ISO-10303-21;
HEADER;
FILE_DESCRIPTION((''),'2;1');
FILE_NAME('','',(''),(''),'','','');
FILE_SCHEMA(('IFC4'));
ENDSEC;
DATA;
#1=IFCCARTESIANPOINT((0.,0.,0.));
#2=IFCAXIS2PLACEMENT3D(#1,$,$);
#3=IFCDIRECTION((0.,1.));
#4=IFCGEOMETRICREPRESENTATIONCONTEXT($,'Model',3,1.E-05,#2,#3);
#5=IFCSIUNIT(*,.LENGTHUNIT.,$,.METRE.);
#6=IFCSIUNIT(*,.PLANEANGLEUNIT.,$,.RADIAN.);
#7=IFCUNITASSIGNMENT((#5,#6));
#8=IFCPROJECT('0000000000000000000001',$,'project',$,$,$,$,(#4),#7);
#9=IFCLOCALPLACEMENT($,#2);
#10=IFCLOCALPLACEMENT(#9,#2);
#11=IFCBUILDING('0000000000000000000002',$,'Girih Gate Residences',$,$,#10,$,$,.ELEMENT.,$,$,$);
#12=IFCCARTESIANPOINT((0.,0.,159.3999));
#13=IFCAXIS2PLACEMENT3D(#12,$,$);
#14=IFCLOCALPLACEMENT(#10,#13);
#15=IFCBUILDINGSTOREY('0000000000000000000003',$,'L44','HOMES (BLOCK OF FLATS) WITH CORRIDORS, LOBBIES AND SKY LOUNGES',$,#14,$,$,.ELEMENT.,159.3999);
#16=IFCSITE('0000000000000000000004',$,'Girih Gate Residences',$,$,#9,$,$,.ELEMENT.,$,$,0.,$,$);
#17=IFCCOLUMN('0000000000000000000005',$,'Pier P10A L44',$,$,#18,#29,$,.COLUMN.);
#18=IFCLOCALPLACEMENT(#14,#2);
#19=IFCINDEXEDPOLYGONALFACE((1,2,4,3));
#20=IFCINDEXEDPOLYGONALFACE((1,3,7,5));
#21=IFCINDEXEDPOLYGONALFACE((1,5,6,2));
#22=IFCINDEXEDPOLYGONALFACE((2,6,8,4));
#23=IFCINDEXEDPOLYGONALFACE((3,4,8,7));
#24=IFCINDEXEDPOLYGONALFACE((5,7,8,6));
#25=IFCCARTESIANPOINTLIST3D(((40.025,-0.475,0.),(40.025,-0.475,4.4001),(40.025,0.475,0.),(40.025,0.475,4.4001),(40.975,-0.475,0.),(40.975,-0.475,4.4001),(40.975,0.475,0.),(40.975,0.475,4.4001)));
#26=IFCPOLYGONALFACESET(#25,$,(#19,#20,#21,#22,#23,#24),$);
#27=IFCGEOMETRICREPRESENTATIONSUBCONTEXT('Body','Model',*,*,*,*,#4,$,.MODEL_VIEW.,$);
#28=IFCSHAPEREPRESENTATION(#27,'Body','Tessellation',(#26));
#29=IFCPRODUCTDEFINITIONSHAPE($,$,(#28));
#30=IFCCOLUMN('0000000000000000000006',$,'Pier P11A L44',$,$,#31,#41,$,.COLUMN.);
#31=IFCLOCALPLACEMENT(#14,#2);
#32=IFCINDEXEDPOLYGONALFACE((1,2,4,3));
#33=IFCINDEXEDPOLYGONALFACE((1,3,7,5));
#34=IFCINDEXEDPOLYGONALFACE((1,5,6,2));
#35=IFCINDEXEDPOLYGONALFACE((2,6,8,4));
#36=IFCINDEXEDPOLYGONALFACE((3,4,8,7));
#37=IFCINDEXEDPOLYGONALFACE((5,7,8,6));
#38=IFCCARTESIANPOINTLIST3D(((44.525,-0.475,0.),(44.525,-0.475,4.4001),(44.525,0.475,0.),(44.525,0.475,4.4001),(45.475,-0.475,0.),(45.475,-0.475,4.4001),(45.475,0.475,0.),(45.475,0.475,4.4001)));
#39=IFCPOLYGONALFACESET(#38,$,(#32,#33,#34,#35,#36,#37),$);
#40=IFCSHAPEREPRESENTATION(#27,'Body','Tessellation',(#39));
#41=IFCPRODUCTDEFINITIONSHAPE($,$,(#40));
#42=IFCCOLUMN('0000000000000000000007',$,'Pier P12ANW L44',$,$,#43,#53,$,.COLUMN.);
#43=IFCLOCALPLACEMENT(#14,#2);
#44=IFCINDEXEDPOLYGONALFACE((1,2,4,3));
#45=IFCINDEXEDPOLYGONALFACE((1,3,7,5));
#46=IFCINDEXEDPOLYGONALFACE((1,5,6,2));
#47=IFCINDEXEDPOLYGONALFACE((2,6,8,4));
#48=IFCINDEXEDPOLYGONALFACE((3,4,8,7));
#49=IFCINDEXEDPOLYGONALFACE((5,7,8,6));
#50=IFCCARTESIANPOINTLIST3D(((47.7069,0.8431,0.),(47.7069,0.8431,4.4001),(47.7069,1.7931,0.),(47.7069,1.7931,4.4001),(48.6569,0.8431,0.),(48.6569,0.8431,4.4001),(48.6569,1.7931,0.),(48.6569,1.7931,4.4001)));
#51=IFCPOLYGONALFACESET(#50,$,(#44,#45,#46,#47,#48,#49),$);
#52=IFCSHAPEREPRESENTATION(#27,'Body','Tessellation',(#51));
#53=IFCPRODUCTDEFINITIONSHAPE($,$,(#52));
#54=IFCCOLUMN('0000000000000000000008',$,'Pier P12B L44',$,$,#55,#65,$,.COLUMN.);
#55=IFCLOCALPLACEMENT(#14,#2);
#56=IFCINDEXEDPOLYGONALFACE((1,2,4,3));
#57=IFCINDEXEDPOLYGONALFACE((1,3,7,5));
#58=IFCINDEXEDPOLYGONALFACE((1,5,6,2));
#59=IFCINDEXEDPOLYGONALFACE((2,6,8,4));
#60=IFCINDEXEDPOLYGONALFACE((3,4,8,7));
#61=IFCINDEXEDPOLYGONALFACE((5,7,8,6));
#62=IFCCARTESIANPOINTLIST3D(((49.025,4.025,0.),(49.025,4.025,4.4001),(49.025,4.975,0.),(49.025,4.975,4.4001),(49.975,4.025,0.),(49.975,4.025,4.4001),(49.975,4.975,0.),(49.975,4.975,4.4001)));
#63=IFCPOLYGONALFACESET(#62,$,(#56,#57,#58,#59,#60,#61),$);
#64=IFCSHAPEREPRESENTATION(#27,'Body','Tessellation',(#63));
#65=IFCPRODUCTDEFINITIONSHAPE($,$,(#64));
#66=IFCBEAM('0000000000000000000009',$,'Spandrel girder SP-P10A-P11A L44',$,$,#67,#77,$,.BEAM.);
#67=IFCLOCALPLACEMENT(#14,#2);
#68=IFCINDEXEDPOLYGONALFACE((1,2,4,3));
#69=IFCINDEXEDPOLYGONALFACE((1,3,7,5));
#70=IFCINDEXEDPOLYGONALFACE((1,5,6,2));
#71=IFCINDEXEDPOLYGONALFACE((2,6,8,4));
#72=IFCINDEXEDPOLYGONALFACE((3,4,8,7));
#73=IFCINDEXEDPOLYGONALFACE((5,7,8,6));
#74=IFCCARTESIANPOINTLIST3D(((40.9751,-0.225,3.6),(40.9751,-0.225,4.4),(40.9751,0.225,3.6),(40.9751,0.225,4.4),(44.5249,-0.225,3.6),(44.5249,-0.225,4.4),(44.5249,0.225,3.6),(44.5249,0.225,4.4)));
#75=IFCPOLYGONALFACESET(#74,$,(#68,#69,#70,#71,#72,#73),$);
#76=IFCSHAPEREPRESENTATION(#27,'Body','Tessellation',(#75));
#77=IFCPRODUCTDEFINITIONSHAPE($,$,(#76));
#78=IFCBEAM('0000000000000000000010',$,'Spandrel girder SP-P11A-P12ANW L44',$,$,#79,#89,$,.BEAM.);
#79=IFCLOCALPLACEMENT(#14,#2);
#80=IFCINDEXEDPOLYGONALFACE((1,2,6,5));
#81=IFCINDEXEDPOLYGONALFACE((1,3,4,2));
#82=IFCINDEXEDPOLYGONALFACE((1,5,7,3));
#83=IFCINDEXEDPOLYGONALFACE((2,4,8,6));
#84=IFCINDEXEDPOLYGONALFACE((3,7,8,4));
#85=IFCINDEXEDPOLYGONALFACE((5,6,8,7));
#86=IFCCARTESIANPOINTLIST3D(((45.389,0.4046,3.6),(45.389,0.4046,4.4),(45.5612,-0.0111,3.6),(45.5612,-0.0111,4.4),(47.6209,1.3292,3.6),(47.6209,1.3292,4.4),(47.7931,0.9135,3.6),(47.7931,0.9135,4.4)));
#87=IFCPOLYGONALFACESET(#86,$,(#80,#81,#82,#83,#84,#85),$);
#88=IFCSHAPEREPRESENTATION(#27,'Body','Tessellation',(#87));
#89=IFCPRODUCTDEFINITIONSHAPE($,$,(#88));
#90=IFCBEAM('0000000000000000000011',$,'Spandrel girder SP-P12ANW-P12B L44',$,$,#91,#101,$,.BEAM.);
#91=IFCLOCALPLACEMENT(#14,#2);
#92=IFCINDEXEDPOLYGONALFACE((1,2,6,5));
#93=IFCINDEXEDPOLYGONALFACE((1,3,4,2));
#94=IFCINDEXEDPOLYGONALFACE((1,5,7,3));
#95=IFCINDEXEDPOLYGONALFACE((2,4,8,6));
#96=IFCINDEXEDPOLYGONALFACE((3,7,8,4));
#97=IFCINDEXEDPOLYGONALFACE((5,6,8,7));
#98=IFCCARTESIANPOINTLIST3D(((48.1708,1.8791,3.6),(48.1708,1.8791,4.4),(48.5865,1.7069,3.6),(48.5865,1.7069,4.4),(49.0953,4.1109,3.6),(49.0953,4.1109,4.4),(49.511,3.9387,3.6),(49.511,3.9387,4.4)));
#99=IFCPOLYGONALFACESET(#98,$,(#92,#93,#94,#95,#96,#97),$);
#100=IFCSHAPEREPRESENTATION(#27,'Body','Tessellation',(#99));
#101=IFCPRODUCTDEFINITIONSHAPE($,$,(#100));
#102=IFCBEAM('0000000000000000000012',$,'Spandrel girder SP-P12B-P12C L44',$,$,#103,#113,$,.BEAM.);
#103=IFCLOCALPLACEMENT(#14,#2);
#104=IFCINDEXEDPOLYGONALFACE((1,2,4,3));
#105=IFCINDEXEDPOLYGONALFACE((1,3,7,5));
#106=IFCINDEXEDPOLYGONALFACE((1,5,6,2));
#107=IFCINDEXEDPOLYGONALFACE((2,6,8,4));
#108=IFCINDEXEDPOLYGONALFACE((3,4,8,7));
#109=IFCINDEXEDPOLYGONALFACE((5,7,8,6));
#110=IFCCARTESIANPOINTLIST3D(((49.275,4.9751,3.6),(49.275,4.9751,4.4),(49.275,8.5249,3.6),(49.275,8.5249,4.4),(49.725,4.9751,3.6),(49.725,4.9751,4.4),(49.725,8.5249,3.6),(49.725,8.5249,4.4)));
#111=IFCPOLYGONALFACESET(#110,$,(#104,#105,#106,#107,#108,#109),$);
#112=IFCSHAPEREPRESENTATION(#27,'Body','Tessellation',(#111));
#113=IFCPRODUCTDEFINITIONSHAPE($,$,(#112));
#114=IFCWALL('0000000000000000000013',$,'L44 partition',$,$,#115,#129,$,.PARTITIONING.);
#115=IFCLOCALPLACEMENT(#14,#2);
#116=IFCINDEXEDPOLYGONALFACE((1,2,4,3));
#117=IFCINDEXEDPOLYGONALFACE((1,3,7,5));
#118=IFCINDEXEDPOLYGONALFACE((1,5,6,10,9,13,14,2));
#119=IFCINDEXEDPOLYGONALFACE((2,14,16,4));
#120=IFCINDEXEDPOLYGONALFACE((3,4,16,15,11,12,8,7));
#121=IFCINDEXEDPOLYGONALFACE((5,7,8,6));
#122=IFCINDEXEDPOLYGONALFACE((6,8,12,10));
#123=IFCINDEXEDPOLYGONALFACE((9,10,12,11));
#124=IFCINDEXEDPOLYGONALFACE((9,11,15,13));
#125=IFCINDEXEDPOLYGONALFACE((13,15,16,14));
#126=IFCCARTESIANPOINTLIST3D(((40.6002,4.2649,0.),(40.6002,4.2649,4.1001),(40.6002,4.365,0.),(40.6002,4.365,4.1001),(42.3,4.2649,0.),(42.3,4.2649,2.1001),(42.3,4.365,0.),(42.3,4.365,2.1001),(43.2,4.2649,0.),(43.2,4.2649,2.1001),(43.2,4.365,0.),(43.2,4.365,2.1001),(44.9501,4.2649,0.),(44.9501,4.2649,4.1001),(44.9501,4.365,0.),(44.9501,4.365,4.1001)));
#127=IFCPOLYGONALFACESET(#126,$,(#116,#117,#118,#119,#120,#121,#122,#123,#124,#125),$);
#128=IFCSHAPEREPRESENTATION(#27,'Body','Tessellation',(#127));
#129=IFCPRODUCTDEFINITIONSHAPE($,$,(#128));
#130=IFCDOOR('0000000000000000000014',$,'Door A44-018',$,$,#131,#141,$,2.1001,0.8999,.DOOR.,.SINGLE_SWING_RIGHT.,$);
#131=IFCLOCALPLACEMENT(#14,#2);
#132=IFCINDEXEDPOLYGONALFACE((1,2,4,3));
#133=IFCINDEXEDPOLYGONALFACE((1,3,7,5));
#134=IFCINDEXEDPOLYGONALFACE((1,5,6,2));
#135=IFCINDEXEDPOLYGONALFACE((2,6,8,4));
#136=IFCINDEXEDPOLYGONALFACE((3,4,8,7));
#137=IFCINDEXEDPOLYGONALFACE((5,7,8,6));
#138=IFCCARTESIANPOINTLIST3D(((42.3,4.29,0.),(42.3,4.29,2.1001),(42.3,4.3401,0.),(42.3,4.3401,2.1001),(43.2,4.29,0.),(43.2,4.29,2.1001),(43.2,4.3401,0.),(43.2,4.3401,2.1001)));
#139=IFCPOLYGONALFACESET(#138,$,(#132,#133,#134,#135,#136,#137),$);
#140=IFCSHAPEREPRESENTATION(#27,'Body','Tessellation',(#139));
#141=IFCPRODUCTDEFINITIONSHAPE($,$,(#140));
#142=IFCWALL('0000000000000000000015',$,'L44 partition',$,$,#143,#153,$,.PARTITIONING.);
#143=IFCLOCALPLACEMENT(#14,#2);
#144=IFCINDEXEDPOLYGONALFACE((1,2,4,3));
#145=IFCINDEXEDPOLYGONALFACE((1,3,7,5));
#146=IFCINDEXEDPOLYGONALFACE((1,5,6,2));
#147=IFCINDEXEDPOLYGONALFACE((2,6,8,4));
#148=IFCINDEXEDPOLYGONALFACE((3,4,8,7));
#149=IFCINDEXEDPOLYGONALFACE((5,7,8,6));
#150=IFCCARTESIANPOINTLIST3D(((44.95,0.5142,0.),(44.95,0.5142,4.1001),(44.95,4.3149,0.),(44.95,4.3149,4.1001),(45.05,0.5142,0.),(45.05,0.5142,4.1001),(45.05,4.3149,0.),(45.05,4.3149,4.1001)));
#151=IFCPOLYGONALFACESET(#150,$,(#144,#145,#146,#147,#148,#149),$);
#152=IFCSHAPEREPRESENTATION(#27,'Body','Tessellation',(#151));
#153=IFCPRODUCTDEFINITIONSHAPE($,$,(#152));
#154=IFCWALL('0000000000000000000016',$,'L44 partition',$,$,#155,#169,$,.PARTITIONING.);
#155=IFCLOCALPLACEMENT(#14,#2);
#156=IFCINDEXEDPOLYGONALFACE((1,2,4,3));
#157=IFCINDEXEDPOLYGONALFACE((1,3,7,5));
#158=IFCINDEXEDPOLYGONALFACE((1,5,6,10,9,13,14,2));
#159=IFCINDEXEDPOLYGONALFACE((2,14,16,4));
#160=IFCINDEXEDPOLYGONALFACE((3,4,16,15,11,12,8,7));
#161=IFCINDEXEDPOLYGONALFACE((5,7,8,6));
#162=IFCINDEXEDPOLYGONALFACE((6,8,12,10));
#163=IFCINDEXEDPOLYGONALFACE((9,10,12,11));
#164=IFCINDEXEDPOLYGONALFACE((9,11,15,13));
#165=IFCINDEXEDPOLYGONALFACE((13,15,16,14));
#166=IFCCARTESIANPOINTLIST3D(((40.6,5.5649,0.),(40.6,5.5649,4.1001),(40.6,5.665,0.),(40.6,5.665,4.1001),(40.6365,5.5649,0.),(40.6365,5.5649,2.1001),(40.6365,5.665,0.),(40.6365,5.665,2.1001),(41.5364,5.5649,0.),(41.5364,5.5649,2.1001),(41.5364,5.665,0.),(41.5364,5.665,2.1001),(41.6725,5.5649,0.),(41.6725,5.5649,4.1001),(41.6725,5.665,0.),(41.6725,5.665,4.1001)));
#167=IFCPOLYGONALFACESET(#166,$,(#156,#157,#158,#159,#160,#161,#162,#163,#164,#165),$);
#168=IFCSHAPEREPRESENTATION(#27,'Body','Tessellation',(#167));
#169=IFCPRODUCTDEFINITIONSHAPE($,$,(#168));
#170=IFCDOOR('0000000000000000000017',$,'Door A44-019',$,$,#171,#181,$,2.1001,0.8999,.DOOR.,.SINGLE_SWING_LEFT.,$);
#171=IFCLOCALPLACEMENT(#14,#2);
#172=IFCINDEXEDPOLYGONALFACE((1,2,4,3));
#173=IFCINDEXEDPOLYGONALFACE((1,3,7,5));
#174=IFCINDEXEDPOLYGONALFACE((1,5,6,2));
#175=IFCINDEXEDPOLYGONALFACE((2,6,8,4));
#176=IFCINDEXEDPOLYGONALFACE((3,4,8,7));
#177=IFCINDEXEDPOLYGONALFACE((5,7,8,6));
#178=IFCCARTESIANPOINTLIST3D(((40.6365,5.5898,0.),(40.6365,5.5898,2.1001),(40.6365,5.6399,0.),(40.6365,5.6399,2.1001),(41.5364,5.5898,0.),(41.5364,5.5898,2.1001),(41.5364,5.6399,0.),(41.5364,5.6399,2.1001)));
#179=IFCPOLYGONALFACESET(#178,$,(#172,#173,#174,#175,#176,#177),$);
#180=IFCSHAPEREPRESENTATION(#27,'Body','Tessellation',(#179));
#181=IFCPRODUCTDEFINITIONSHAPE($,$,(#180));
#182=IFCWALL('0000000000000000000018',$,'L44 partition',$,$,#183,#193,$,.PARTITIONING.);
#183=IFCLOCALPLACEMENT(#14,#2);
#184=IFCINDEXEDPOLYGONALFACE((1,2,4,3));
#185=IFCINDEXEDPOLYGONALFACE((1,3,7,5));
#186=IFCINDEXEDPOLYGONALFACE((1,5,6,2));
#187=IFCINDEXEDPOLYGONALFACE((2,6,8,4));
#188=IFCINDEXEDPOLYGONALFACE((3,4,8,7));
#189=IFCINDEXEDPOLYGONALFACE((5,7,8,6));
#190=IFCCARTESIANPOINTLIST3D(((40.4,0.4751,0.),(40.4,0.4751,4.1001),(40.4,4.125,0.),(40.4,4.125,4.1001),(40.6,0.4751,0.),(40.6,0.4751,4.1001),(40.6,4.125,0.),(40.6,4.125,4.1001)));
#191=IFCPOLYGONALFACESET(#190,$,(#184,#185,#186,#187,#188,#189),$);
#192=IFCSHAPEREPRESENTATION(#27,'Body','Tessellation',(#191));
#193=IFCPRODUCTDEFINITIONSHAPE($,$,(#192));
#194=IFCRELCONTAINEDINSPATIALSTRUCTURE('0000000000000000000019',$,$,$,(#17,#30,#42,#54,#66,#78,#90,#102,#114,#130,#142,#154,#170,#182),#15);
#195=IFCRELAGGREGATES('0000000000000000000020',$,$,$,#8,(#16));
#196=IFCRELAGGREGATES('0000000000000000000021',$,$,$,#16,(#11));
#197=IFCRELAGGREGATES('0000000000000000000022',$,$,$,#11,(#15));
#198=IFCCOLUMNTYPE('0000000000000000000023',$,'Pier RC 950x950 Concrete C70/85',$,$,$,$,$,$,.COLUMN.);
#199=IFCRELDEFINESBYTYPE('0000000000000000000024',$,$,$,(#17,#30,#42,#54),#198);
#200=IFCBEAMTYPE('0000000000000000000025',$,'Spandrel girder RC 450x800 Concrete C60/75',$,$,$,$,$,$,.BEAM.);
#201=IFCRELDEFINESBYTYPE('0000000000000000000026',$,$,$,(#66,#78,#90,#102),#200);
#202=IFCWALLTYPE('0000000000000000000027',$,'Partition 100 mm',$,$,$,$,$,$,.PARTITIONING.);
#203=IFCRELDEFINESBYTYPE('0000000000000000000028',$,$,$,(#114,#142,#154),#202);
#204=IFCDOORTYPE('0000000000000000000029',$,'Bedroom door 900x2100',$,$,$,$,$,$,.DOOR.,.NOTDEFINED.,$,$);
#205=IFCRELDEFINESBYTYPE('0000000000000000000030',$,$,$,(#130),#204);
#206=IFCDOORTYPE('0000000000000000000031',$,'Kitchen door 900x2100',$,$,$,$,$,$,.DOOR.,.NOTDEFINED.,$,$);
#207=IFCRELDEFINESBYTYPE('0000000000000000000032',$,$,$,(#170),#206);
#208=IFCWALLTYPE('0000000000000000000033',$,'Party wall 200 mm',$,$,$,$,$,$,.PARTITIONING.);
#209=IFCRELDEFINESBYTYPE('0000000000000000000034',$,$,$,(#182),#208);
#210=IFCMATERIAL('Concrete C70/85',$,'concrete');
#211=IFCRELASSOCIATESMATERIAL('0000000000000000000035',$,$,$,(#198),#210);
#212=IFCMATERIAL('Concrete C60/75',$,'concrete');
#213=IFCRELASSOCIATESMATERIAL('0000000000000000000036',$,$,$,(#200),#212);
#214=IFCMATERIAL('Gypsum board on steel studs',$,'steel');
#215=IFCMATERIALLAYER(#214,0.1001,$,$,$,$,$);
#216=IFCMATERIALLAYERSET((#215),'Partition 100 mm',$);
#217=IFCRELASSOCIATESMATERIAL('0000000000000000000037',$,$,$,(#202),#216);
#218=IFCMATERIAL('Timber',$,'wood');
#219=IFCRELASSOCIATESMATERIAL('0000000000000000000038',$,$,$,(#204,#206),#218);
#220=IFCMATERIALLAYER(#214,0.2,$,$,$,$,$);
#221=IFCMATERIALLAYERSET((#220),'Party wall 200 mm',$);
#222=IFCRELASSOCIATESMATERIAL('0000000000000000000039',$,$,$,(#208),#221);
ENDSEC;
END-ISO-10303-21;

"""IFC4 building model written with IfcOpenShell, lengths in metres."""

from ifc_helpers import new_model, si_unit, direction, frame, frame_2d, origin, origin_2d, place, context, subcontext, project, spatial, rectangle, extrude, material, layer, layer_set, material_profile, profile_set, type_object, element, fill, save


model = new_model("IFC4")

# Units and contexts
model_context = context("Model", 3, precision=1e-05, world=origin(), true_north=direction((0.0, 1.0)))
body_context = subcontext(model_context, "Body", "Model", "MODEL_VIEW")
ifc_project = project(units=[si_unit("LENGTHUNIT", "METRE"), si_unit("PLANEANGLEUNIT", "RADIAN")], contexts=[model_context])

# Site, building, storey
site_placement = place(None, origin())
site = spatial("IfcSite", under=ifc_project, at=site_placement, Name="Girih Gate Residences", CompositionType="ELEMENT", RefElevation=0.0)
building_placement = place(site_placement, origin())
building = spatial("IfcBuilding", under=site, at=building_placement, Name="Girih Gate Residences", CompositionType="ELEMENT")
storey_placement = place(building_placement, frame((0.0, 0.0, 159.3999)))
storey = spatial("IfcBuildingStorey", under=building, at=storey_placement, Name="L44", Description="HOMES (BLOCK OF FLATS) WITH CORRIDORS, LOBBIES AND SKY LOUNGES", CompositionType="ELEMENT", Elevation=159.3999)

# Columns
ifc_material_1 = material(Name="Concrete C70/85", Category="concrete")
ifc_material_profile_1 = material_profile(ifc_material_1, rectangle(XDim=0.95, YDim=0.95, at=origin_2d()))
ifc_profile_set_1 = profile_set([ifc_material_profile_1], Name="Concrete C70/85")
column_type = type_object("IfcColumnType", Name="Pier RC 950x950 Concrete C70/85", PredefinedType="COLUMN", material=ifc_profile_set_1)
for number, where, z_axis, x_axis, name in (
    (1, (40.5, 0.0, 0.0), (0.0, 0.0, 1.0), (1.0, 0.0, 0.0), "Pier P10A L44"),
    (2, (45.0, 0.0, 0.0), (0.0, 0.0, 1.0), (1.0, 0.0, 0.0), "Pier P11A L44"),
    (3, (48.1819, 1.3181, 0.0), (0.0, 0.0, 1.0), (1.0, 0.0, 0.0), "Pier P12ANW L44"),
    (4, (49.5, 4.5, 0.0), (0.0, 0.0, 1.0), (1.0, 0.0, 0.0), "Pier P12B L44"),
):
    element("IfcColumn", number, at=place(storey_placement, frame(where, z_axis=z_axis, x_axis=x_axis)), inside=storey, type_object=column_type, Name=name, PredefinedType="COLUMN", context=body_context, shape_type="SweptSolid", body=[
        extrude(rectangle(XDim=0.95, YDim=0.95, at=origin_2d()), origin(), (0.0, 0.0, 1.0), 4.4001),
    ])

# Beams
ifc_material_2 = material(Name="Concrete C60/75", Category="concrete")
ifc_material_profile_2 = material_profile(ifc_material_2, rectangle(XDim=0.45, YDim=0.8, at=origin_2d()))
ifc_profile_set_2 = profile_set([ifc_material_profile_2], Name="Concrete C60/75")
beam_type = type_object("IfcBeamType", Name="Spandrel girder RC 450x800 Concrete C60/75", PredefinedType="BEAM", material=ifc_profile_set_2)
beam_1_placement = place(storey_placement, frame((40.9751, 0.0, 4.0), z_axis=(1.0, 0.0, 0.0), x_axis=(0.0, 1.0, 0.0)))
element("IfcBeam", 5, at=beam_1_placement, inside=storey, type_object=beam_type, Name="Spandrel girder SP-P10A-P11A L44", PredefinedType="BEAM", context=body_context, shape_type="SweptSolid", body=[
    extrude(rectangle(XDim=0.45, YDim=0.8, at=origin_2d()), origin(), (0.0, 0.0, 1.0), 3.5498),
])
for number, where, z_axis, x_axis, name in (
    (6, (45.4751, 0.1968, 4.0), (0.92387, 0.382706, 0.0), (-0.382706, 0.92387, 0.0), "Spandrel girder SP-P11A-P12ANW L44"),
    (7, (48.3787, 1.793, 4.0), (0.382706, 0.92387, 0.0), (-0.92387, 0.382706, 0.0), "Spandrel girder SP-P12ANW-P12B L44"),
):
    element("IfcBeam", number, at=place(storey_placement, frame(where, z_axis=z_axis, x_axis=x_axis)), inside=storey, type_object=beam_type, Name=name, PredefinedType="BEAM", context=body_context, shape_type="SweptSolid", body=[
        extrude(rectangle(XDim=0.45, YDim=0.8, at=origin_2d()), origin(), (0.0, 0.0, 1.0), 2.4158),
    ])
beam_2_placement = place(storey_placement, frame((49.5, 4.9751, 4.0), z_axis=(0.0, 1.0, 0.0), x_axis=(-1.0, 0.0, 0.0)))
element("IfcBeam", 8, at=beam_2_placement, inside=storey, type_object=beam_type, Name="Spandrel girder SP-P12B-P12C L44", PredefinedType="BEAM", context=body_context, shape_type="SweptSolid", body=[
    extrude(rectangle(XDim=0.45, YDim=0.8, at=origin_2d()), origin(), (0.0, 0.0, 1.0), 3.5498),
])

# Wall, opening, door
ifc_material_3 = material(Name="Gypsum board on steel studs", Category="steel")
ifc_layer_1 = layer(ifc_material_3, 0.1001)
ifc_layer_set_1 = layer_set([ifc_layer_1], Name="Partition 100 mm")
wall_type_1 = type_object("IfcWallType", Name="Partition 100 mm", PredefinedType="PARTITIONING", material=ifc_layer_set_1)
wall_1_placement = place(storey_placement, frame((44.95, 4.3149, 0.0), z_axis=(0.0, 0.0, 1.0), x_axis=(-1.0, 0.0, 0.0)))
wall_1 = element("IfcWall", 9, at=wall_1_placement, inside=storey, type_object=wall_type_1, Name="L44 partition", PredefinedType="PARTITIONING", context=body_context, shape_type="SweptSolid", body=[
    extrude(rectangle(XDim=4.3499, YDim=0.1001, at=frame_2d((2.1748, 0.0))), origin(), (0.0, 0.0, 1.0), 4.1001),
])
opening_1_placement = place(wall_1_placement, frame((1.75, 0.0, 0.0)))
opening_1 = element("IfcOpeningElement", 10, at=opening_1_placement, cuts=wall_1, PredefinedType="OPENING", context=body_context, shape_type="SweptSolid", body=[
    extrude(rectangle(XDim=0.8999, YDim=2.1001, at=frame_2d((0.45, 1.05))), frame((0.0, 0.0601, 0.0), z_axis=(0.0, -1.0, 0.0), x_axis=(1.0, 0.0, 0.0)), (0.0, 0.0, 1.0), 0.1201),
])
ifc_material_4 = material(Name="Timber", Category="wood")
door_type_1 = type_object("IfcDoorType", Name="Bedroom door 900x2100", OperationType="NOTDEFINED", PredefinedType="DOOR", material=ifc_material_4)
door_1_placement = place(opening_1_placement, origin())
door_1 = element("IfcDoor", 11, at=door_1_placement, inside=storey, type_object=door_type_1, Name="Door A44-018", OperationType="SINGLE_SWING_RIGHT", OverallHeight=2.1001, OverallWidth=0.8999, PredefinedType="DOOR", context=body_context, shape_type="SweptSolid", body=[
    extrude(rectangle(XDim=0.8999, YDim=2.1001, at=frame_2d((0.45, 1.05))), frame((0.0, 0.0249, 0.0), z_axis=(0.0, -1.0, 0.0), x_axis=(1.0, 0.0, 0.0)), (0.0, 0.0, 1.0), 0.05),
])
fill(opening_1, door_1)

# Wall
wall_2_placement = place(storey_placement, frame((45.0, 0.5142, 0.0), z_axis=(0.0, 0.0, 1.0), x_axis=(0.0, 1.0, 0.0)))
element("IfcWall", 12, at=wall_2_placement, inside=storey, type_object=wall_type_1, Name="L44 partition", PredefinedType="PARTITIONING", context=body_context, shape_type="SweptSolid", body=[
    extrude(rectangle(XDim=3.8008, YDim=0.1001, at=frame_2d((1.9004, 0.0))), origin(), (0.0, 0.0, 1.0), 4.1001),
])

# Wall, opening, door
wall_3_placement = place(storey_placement, frame((40.6001, 5.615, 0.0), z_axis=(0.0, 0.0, 1.0), x_axis=(1.0, 0.0, 0.0)))
wall_3 = element("IfcWall", 13, at=wall_3_placement, inside=storey, type_object=wall_type_1, Name="L44 partition", PredefinedType="PARTITIONING", context=body_context, shape_type="SweptSolid", body=[
    extrude(rectangle(XDim=1.0725, YDim=0.1001, at=frame_2d((0.5361, 0.0))), origin(), (0.0, 0.0, 1.0), 4.1001),
])
opening_2_placement = place(wall_3_placement, frame((0.0364, 0.0, 0.0)))
opening_2 = element("IfcOpeningElement", 14, at=opening_2_placement, cuts=wall_3, PredefinedType="OPENING", context=body_context, shape_type="SweptSolid", body=[
    extrude(rectangle(XDim=0.8999, YDim=2.1001, at=frame_2d((0.45, 1.05))), frame((0.0, 0.0601, 0.0), z_axis=(0.0, -1.0, 0.0), x_axis=(1.0, 0.0, 0.0)), (0.0, 0.0, 1.0), 0.1201),
])
door_type_2 = type_object("IfcDoorType", Name="Kitchen door 900x2100", OperationType="NOTDEFINED", PredefinedType="DOOR", material=ifc_material_4)
door_2_placement = place(opening_2_placement, origin())
door_2 = element("IfcDoor", 15, at=door_2_placement, inside=storey, type_object=door_type_2, Name="Door A44-019", OperationType="SINGLE_SWING_LEFT", OverallHeight=2.1001, OverallWidth=0.8999, PredefinedType="DOOR", context=body_context, shape_type="SweptSolid", body=[
    extrude(rectangle(XDim=0.8999, YDim=2.1001, at=frame_2d((0.45, 1.05))), frame((0.0, 0.0249, 0.0), z_axis=(0.0, -1.0, 0.0), x_axis=(1.0, 0.0, 0.0)), (0.0, 0.0, 1.0), 0.05),
])
fill(opening_2, door_2)

# Wall
ifc_layer_2 = layer(ifc_material_3, 0.2)
ifc_layer_set_2 = layer_set([ifc_layer_2], Name="Party wall 200 mm")
wall_type_2 = type_object("IfcWallType", Name="Party wall 200 mm", PredefinedType="PARTITIONING", material=ifc_layer_set_2)
wall_4_placement = place(storey_placement, frame((40.5, 0.4751, 0.0), z_axis=(0.0, 0.0, 1.0), x_axis=(0.0, 1.0, 0.0)))
element("IfcWall", 16, at=wall_4_placement, inside=storey, type_object=wall_type_2, Name="L44 partition", PredefinedType="PARTITIONING", context=body_context, shape_type="SweptSolid", body=[
    extrude(rectangle(XDim=3.6499, YDim=0.2, at=frame_2d((1.825, 0.0))), origin(), (0.0, 0.0, 1.0), 4.1001),
])

save(model, "model.ifc")
